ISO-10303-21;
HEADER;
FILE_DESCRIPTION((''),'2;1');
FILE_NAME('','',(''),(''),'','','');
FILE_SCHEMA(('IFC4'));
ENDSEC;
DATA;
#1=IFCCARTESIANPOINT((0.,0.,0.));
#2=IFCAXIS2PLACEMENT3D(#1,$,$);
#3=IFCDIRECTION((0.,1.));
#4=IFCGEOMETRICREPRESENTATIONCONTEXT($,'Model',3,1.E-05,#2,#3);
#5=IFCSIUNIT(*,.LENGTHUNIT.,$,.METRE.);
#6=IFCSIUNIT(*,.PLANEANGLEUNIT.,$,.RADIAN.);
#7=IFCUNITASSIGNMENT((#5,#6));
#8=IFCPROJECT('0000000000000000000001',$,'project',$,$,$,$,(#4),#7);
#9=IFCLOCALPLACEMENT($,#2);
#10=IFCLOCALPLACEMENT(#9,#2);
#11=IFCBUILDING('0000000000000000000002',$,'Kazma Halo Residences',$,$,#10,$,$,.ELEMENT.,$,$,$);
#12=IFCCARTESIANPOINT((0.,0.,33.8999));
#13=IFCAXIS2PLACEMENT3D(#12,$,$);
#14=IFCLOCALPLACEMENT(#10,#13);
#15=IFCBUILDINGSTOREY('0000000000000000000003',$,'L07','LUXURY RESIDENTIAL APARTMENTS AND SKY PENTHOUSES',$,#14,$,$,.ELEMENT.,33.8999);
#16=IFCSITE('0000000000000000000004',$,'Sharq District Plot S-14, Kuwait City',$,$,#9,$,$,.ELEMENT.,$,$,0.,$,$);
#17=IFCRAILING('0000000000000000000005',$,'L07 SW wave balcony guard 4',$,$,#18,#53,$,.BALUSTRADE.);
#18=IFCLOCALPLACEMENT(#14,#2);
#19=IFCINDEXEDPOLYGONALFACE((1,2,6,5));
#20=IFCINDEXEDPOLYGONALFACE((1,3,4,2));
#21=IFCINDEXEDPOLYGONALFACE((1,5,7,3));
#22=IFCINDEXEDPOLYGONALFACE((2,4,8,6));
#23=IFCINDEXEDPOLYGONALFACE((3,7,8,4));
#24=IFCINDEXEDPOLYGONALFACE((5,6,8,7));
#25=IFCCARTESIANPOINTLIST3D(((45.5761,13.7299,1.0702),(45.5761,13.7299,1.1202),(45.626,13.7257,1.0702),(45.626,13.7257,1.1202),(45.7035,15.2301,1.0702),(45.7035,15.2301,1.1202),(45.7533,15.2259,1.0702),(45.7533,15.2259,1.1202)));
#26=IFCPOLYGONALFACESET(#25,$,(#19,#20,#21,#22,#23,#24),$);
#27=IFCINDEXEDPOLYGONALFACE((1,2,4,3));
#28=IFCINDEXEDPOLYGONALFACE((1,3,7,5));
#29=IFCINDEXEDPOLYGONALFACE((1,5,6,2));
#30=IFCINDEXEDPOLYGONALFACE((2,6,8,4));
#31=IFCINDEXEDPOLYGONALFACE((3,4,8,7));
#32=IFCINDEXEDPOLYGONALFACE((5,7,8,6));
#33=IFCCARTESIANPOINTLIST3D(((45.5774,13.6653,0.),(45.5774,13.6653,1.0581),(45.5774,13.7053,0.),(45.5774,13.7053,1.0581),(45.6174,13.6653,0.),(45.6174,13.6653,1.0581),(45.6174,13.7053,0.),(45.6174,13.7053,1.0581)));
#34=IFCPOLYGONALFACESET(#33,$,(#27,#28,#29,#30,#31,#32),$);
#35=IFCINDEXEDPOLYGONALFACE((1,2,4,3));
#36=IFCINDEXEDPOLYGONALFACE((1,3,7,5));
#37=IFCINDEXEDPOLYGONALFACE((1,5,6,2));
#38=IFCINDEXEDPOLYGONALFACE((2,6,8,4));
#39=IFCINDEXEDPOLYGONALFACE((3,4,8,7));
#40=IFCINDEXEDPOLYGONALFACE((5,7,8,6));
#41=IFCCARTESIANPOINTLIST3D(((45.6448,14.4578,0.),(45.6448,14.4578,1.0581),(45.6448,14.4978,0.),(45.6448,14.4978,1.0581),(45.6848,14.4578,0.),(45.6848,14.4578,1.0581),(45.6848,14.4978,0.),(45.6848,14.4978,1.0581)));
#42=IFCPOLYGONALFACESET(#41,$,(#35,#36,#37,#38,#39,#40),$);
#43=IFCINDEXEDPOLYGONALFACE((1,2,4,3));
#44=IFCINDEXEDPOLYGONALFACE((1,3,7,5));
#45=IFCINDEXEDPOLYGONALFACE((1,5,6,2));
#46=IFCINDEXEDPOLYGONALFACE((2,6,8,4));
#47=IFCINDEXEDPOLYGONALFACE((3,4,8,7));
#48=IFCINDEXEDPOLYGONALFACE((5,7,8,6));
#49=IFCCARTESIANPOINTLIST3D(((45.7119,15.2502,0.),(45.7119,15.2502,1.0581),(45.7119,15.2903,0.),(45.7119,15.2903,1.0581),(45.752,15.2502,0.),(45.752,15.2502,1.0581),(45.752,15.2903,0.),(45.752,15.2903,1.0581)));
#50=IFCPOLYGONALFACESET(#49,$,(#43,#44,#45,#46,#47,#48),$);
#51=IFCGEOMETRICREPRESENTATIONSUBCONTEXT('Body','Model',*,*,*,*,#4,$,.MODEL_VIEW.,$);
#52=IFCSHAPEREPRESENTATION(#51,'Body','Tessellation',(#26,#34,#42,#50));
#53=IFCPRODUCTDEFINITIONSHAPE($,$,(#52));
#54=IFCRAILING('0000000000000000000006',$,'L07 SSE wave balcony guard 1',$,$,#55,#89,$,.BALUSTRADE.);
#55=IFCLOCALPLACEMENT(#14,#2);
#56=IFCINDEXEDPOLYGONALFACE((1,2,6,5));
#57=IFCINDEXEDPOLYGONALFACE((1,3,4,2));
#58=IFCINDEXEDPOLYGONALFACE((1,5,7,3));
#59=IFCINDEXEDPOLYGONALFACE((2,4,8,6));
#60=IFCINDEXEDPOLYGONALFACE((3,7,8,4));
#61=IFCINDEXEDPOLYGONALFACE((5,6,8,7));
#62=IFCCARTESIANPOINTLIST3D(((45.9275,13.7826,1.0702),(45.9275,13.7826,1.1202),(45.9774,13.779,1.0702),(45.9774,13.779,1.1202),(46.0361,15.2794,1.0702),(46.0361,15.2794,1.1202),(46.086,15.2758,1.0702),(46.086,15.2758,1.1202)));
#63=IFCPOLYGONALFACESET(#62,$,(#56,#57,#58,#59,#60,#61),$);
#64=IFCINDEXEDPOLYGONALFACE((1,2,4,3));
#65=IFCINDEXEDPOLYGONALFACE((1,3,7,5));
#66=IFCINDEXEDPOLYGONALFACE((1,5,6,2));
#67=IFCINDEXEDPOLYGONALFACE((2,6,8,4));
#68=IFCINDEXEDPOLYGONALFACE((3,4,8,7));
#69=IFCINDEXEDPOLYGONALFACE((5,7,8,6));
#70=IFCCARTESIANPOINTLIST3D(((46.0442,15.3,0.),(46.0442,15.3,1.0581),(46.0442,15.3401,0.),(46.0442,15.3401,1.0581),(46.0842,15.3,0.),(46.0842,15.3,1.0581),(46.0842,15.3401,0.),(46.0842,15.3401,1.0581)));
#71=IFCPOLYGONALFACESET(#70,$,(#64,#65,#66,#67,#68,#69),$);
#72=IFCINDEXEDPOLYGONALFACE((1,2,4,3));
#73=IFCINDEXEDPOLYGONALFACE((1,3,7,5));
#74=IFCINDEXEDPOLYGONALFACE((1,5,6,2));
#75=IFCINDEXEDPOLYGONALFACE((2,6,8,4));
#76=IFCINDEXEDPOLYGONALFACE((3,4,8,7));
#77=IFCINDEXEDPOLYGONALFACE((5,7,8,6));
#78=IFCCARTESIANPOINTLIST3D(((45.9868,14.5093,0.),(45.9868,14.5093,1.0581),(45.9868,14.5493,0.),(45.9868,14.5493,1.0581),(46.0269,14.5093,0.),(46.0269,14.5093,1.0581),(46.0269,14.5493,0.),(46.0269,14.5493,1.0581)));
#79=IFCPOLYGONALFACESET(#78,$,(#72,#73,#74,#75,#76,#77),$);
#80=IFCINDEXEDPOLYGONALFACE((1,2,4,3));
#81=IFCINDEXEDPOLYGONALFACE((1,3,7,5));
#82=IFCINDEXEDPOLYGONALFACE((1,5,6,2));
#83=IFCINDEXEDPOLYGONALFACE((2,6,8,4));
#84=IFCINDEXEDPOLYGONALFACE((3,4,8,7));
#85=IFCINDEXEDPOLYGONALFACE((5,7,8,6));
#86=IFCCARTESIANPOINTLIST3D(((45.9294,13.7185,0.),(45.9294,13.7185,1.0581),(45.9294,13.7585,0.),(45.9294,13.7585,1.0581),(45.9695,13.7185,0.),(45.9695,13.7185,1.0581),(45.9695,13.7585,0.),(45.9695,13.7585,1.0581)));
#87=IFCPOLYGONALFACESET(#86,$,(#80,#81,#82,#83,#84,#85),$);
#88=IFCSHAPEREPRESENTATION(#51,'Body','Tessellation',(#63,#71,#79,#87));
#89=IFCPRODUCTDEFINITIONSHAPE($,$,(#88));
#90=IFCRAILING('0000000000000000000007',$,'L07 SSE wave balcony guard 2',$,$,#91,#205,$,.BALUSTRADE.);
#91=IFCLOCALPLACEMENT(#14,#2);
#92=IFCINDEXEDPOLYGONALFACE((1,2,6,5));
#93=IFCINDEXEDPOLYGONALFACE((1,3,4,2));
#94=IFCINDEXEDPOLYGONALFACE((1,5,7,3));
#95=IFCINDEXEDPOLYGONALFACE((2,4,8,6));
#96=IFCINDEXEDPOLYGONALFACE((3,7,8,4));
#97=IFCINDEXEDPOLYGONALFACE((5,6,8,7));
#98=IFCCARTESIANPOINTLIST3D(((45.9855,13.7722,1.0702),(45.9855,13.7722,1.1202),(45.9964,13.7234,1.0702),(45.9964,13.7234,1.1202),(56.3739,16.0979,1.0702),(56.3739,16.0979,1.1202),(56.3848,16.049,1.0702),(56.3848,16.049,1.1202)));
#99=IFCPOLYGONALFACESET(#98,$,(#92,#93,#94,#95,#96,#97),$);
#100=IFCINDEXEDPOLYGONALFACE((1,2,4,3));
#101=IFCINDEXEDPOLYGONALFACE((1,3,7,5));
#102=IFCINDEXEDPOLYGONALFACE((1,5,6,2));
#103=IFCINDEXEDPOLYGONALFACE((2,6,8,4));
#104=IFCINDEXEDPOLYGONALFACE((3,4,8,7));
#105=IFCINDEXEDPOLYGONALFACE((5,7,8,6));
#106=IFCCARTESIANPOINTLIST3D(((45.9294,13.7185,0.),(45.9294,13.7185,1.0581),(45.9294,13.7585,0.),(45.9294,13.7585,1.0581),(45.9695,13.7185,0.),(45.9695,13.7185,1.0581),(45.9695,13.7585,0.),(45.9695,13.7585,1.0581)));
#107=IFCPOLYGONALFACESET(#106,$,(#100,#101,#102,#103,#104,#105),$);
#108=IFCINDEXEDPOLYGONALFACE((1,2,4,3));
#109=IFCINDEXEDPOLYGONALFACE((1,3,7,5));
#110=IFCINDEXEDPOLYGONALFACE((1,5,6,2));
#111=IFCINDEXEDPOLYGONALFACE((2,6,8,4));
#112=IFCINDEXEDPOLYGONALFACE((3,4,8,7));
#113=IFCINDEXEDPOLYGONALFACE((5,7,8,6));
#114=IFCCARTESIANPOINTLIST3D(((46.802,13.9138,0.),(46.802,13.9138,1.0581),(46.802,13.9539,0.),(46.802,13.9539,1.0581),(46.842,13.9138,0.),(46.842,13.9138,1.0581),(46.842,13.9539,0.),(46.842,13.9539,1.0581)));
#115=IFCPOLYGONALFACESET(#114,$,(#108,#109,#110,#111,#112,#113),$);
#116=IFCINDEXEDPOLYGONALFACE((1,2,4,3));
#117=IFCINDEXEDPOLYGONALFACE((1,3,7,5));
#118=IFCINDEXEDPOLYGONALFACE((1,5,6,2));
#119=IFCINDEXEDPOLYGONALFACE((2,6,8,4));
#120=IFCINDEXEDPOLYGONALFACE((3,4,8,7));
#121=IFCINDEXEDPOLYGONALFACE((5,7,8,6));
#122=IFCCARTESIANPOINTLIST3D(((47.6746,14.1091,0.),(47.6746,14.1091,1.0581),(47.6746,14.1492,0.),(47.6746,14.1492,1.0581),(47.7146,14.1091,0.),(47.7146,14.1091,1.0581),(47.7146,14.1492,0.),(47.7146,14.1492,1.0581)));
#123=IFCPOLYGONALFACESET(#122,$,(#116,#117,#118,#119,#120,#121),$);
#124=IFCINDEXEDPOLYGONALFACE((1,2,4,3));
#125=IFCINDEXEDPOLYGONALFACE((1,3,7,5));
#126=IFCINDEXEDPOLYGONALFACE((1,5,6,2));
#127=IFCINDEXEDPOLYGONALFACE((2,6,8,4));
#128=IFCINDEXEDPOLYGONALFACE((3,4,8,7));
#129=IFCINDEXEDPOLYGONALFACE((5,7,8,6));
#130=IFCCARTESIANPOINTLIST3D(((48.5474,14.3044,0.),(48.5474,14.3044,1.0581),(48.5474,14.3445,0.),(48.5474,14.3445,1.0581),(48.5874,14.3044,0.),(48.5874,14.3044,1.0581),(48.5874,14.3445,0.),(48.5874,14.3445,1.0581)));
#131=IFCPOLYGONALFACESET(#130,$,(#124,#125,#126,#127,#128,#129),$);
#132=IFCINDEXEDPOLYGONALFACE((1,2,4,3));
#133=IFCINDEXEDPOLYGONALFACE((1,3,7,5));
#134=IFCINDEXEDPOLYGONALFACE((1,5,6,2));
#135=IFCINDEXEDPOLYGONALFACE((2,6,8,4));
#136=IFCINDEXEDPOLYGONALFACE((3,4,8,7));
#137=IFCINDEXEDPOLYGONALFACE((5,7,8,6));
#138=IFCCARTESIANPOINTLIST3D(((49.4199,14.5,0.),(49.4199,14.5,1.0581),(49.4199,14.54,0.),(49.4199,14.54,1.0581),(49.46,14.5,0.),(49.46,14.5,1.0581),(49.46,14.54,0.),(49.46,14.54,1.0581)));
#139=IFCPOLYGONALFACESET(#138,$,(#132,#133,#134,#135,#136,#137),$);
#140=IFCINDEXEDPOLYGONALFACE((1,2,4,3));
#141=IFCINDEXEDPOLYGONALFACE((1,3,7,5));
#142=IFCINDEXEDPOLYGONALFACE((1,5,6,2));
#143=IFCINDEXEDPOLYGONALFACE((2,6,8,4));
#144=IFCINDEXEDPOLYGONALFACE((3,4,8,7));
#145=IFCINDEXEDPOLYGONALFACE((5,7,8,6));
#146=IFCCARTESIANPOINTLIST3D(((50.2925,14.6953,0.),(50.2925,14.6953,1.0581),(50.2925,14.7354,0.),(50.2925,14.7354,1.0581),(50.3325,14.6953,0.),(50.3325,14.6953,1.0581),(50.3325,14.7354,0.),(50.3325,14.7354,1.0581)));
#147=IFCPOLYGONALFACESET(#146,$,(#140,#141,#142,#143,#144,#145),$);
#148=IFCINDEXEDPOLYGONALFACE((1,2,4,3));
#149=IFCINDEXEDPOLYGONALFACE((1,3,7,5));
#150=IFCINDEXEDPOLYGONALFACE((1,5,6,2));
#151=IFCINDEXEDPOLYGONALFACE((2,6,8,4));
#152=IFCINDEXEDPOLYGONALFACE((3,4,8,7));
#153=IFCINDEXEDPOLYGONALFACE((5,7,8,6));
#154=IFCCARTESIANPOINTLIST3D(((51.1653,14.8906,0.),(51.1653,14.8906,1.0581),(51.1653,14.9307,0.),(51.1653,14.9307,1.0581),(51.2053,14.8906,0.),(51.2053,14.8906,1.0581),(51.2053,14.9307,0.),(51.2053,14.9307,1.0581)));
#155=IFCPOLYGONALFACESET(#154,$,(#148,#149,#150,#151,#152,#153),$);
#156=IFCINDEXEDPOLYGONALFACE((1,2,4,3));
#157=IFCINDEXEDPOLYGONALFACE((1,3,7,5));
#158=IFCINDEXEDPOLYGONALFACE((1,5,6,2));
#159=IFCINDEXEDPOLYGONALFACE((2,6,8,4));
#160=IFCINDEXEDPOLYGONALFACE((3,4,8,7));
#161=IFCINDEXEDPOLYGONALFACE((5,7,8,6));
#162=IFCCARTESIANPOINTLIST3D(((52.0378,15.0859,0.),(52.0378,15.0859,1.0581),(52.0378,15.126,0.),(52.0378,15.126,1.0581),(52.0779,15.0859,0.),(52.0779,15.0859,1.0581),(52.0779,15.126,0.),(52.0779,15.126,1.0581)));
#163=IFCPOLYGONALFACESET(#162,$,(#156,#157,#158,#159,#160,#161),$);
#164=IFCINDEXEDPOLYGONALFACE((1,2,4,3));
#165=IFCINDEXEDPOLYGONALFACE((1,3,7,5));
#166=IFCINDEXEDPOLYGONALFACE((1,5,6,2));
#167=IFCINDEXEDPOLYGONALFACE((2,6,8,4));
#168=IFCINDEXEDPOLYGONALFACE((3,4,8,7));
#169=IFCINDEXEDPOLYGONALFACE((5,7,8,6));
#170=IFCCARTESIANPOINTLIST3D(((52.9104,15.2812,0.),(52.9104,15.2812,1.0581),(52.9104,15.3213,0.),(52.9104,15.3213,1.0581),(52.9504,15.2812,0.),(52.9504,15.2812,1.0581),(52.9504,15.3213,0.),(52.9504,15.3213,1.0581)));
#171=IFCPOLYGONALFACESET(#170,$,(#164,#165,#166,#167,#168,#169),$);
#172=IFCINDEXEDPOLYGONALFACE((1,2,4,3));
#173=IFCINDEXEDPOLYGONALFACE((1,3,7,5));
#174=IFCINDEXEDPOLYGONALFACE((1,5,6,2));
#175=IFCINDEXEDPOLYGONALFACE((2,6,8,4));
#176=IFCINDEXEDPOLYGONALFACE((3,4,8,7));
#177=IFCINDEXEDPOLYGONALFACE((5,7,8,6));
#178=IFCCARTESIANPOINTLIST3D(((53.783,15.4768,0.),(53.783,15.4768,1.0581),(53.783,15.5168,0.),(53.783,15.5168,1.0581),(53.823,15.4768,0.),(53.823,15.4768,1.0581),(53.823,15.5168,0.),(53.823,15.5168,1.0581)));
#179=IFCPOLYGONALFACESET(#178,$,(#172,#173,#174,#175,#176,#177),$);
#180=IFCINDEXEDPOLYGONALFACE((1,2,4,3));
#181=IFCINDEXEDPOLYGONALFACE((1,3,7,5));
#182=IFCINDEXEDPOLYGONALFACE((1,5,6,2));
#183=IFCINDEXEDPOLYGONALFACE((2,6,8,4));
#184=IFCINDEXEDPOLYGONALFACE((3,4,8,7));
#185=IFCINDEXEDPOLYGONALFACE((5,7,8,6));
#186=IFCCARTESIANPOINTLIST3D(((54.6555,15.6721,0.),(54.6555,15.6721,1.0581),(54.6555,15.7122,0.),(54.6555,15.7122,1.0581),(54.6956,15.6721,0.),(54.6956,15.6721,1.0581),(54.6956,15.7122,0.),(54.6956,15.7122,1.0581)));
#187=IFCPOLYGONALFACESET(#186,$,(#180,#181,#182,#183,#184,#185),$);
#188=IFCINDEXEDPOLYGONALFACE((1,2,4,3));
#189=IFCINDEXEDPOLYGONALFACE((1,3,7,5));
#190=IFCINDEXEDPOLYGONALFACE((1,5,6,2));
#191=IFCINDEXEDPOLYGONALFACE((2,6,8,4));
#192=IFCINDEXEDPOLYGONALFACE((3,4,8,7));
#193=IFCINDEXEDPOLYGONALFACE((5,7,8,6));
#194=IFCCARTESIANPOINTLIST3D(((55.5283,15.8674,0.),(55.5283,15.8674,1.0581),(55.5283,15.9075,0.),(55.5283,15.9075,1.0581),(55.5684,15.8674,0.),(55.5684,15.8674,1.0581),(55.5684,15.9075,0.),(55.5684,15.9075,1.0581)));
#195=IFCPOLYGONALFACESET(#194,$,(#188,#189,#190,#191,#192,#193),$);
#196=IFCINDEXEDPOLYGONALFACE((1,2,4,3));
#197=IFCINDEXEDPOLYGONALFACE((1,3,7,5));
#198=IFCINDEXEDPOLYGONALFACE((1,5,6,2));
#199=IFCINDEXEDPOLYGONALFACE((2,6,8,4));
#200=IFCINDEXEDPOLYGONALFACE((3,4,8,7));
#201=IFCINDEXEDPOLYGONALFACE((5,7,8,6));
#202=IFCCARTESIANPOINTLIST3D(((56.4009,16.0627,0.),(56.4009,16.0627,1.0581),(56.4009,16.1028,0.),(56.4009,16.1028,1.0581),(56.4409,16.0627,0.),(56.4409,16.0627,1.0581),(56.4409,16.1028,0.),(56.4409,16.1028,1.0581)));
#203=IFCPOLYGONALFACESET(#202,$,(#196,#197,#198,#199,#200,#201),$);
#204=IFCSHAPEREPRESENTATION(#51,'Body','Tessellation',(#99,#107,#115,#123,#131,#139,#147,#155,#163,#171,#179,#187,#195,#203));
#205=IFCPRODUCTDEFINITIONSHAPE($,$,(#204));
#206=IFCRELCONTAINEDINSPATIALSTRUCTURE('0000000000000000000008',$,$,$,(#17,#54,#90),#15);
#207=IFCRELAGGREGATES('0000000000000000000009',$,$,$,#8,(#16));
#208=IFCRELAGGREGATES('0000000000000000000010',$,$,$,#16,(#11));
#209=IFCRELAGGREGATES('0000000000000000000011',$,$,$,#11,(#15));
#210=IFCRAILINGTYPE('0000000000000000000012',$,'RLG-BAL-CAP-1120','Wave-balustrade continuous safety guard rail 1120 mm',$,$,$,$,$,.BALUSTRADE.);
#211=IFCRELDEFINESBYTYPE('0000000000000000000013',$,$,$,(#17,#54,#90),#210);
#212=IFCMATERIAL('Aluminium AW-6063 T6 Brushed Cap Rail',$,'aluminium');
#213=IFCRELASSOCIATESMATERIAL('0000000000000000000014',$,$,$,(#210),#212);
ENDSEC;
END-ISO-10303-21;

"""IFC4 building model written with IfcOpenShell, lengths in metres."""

from ifc_helpers import new_model, si_unit, direction, frame, origin, origin_2d, place, context, subcontext, project, spatial, rectangle, extrude, material, type_object, element, save


model = new_model("IFC4")

# Units and contexts
model_context = context("Model", 3, precision=1e-05, world=origin(), true_north=direction((0.0, 1.0)))
body_context = subcontext(model_context, "Body", "Model", "MODEL_VIEW")
ifc_project = project(units=[si_unit("LENGTHUNIT", "METRE"), si_unit("PLANEANGLEUNIT", "RADIAN")], contexts=[model_context])

# Site, building, storey
site_placement = place(None, origin())
site = spatial("IfcSite", under=ifc_project, at=site_placement, Name="Sharq District Plot S-14, Kuwait City", CompositionType="ELEMENT", RefElevation=0.0)
building_placement = place(site_placement, origin())
building = spatial("IfcBuilding", under=site, at=building_placement, Name="Kazma Halo Residences", CompositionType="ELEMENT")
storey_placement = place(building_placement, frame((0.0, 0.0, 33.8999)))
storey = spatial("IfcBuildingStorey", under=building, at=storey_placement, Name="L07", Description="LUXURY RESIDENTIAL APARTMENTS AND SKY PENTHOUSES", CompositionType="ELEMENT", Elevation=33.8999)

# Railings
ifc_material_1 = material(Name="Aluminium AW-6063 T6 Brushed Cap Rail", Category="aluminium")
railing_type = type_object("IfcRailingType", Name="RLG-BAL-CAP-1120", Description="Wave-balustrade continuous safety guard rail 1120 mm", PredefinedType="BALUSTRADE", material=ifc_material_1)
railing_1_placement = place(storey_placement, frame((45.5974, 13.6853, 0.0)))
element("IfcRailing", 1, at=railing_1_placement, inside=storey, type_object=railing_type, Name="L07 SW wave balcony guard 4", PredefinedType="BALUSTRADE", context=body_context, shape_type="SweptSolid", body=[
    extrude(rectangle(XDim=0.05, YDim=0.05, at=origin_2d()), frame((0.0037, 0.0425, 1.0952), z_axis=(0.08457, 0.996418, 0.0), x_axis=(-0.996418, 0.08457, 0.0)), (0.0, 0.0, 1.0), 1.5056),
    extrude(rectangle(XDim=0.04, YDim=0.04, at=origin_2d()), origin(), (0.0, 0.0, 1.0), 1.0581),
    extrude(rectangle(XDim=0.04, YDim=0.04, at=origin_2d()), frame((0.0674, 0.7925, 0.0)), (0.0, 0.0, 1.0), 1.0581),
    extrude(rectangle(XDim=0.04, YDim=0.04, at=origin_2d()), frame((0.1345, 1.585, 0.0)), (0.0, 0.0, 1.0), 1.0581),
])
railing_2_placement = place(storey_placement, frame((46.0642, 15.3201, 0.0)))
element("IfcRailing", 2, at=railing_2_placement, inside=storey, type_object=railing_type, Name="L07 SSE wave balcony guard 1", PredefinedType="BALUSTRADE", context=body_context, shape_type="SweptSolid", body=[
    extrude(rectangle(XDim=0.05, YDim=0.05, at=origin_2d()), frame((-0.0032, -0.0425, 1.0952), z_axis=(-0.072363, -0.997378, 0.0), x_axis=(0.997378, -0.072363, 0.0)), (0.0, 0.0, 1.0), 1.5007),
    extrude(rectangle(XDim=0.04, YDim=0.04, at=origin_2d()), origin(), (0.0, 0.0, 1.0), 1.0581),
    extrude(rectangle(XDim=0.04, YDim=0.04, at=origin_2d()), frame((-0.0574, -0.7908, 0.0)), (0.0, 0.0, 1.0), 1.0581),
    extrude(rectangle(XDim=0.04, YDim=0.04, at=origin_2d()), frame((-0.1147, -1.5815, 0.0)), (0.0, 0.0, 1.0), 1.0581),
])
railing_3_placement = place(storey_placement, frame((45.9495, 13.7385, 0.0)))
element("IfcRailing", 3, at=railing_3_placement, inside=storey, type_object=railing_type, Name="L07 SSE wave balcony guard 2", PredefinedType="BALUSTRADE", context=body_context, shape_type="SweptSolid", body=[
    extrude(rectangle(XDim=0.05, YDim=0.05, at=origin_2d()), frame((0.0415, 0.0093, 1.0952), z_axis=(0.975845, 0.218462, 0.0), x_axis=(-0.218462, 0.975845, 0.0)), (0.0, 0.0, 1.0), 10.6455),
    extrude(rectangle(XDim=0.04, YDim=0.04, at=origin_2d()), origin(), (0.0, 0.0, 1.0), 1.0581),
    extrude(rectangle(XDim=0.04, YDim=0.04, at=origin_2d()), frame((0.8726, 0.1953, 0.0)), (0.0, 0.0, 1.0), 1.0581),
    extrude(rectangle(XDim=0.04, YDim=0.04, at=origin_2d()), frame((1.7451, 0.3906, 0.0)), (0.0, 0.0, 1.0), 1.0581),
    extrude(rectangle(XDim=0.04, YDim=0.04, at=origin_2d()), frame((2.6179, 0.5859, 0.0)), (0.0, 0.0, 1.0), 1.0581),
    extrude(rectangle(XDim=0.04, YDim=0.04, at=origin_2d()), frame((3.4905, 0.7815, 0.0)), (0.0, 0.0, 1.0), 1.0581),
    extrude(rectangle(XDim=0.04, YDim=0.04, at=origin_2d()), frame((4.363, 0.9768, 0.0)), (0.0, 0.0, 1.0), 1.0581),
    extrude(rectangle(XDim=0.04, YDim=0.04, at=origin_2d()), frame((5.2358, 1.1721, 0.0)), (0.0, 0.0, 1.0), 1.0581),
    extrude(rectangle(XDim=0.04, YDim=0.04, at=origin_2d()), frame((6.1084, 1.3674, 0.0)), (0.0, 0.0, 1.0), 1.0581),
    extrude(rectangle(XDim=0.04, YDim=0.04, at=origin_2d()), frame((6.981, 1.5627, 0.0)), (0.0, 0.0, 1.0), 1.0581),
    extrude(rectangle(XDim=0.04, YDim=0.04, at=origin_2d()), frame((7.8535, 1.7583, 0.0)), (0.0, 0.0, 1.0), 1.0581),
    extrude(rectangle(XDim=0.04, YDim=0.04, at=origin_2d()), frame((8.7261, 1.9536, 0.0)), (0.0, 0.0, 1.0), 1.0581),
    extrude(rectangle(XDim=0.04, YDim=0.04, at=origin_2d()), frame((9.5989, 2.1489, 0.0)), (0.0, 0.0, 1.0), 1.0581),
    extrude(rectangle(XDim=0.04, YDim=0.04, at=origin_2d()), frame((10.4714, 2.3442, 0.0)), (0.0, 0.0, 1.0), 1.0581),
])

save(model, "model.ifc")
